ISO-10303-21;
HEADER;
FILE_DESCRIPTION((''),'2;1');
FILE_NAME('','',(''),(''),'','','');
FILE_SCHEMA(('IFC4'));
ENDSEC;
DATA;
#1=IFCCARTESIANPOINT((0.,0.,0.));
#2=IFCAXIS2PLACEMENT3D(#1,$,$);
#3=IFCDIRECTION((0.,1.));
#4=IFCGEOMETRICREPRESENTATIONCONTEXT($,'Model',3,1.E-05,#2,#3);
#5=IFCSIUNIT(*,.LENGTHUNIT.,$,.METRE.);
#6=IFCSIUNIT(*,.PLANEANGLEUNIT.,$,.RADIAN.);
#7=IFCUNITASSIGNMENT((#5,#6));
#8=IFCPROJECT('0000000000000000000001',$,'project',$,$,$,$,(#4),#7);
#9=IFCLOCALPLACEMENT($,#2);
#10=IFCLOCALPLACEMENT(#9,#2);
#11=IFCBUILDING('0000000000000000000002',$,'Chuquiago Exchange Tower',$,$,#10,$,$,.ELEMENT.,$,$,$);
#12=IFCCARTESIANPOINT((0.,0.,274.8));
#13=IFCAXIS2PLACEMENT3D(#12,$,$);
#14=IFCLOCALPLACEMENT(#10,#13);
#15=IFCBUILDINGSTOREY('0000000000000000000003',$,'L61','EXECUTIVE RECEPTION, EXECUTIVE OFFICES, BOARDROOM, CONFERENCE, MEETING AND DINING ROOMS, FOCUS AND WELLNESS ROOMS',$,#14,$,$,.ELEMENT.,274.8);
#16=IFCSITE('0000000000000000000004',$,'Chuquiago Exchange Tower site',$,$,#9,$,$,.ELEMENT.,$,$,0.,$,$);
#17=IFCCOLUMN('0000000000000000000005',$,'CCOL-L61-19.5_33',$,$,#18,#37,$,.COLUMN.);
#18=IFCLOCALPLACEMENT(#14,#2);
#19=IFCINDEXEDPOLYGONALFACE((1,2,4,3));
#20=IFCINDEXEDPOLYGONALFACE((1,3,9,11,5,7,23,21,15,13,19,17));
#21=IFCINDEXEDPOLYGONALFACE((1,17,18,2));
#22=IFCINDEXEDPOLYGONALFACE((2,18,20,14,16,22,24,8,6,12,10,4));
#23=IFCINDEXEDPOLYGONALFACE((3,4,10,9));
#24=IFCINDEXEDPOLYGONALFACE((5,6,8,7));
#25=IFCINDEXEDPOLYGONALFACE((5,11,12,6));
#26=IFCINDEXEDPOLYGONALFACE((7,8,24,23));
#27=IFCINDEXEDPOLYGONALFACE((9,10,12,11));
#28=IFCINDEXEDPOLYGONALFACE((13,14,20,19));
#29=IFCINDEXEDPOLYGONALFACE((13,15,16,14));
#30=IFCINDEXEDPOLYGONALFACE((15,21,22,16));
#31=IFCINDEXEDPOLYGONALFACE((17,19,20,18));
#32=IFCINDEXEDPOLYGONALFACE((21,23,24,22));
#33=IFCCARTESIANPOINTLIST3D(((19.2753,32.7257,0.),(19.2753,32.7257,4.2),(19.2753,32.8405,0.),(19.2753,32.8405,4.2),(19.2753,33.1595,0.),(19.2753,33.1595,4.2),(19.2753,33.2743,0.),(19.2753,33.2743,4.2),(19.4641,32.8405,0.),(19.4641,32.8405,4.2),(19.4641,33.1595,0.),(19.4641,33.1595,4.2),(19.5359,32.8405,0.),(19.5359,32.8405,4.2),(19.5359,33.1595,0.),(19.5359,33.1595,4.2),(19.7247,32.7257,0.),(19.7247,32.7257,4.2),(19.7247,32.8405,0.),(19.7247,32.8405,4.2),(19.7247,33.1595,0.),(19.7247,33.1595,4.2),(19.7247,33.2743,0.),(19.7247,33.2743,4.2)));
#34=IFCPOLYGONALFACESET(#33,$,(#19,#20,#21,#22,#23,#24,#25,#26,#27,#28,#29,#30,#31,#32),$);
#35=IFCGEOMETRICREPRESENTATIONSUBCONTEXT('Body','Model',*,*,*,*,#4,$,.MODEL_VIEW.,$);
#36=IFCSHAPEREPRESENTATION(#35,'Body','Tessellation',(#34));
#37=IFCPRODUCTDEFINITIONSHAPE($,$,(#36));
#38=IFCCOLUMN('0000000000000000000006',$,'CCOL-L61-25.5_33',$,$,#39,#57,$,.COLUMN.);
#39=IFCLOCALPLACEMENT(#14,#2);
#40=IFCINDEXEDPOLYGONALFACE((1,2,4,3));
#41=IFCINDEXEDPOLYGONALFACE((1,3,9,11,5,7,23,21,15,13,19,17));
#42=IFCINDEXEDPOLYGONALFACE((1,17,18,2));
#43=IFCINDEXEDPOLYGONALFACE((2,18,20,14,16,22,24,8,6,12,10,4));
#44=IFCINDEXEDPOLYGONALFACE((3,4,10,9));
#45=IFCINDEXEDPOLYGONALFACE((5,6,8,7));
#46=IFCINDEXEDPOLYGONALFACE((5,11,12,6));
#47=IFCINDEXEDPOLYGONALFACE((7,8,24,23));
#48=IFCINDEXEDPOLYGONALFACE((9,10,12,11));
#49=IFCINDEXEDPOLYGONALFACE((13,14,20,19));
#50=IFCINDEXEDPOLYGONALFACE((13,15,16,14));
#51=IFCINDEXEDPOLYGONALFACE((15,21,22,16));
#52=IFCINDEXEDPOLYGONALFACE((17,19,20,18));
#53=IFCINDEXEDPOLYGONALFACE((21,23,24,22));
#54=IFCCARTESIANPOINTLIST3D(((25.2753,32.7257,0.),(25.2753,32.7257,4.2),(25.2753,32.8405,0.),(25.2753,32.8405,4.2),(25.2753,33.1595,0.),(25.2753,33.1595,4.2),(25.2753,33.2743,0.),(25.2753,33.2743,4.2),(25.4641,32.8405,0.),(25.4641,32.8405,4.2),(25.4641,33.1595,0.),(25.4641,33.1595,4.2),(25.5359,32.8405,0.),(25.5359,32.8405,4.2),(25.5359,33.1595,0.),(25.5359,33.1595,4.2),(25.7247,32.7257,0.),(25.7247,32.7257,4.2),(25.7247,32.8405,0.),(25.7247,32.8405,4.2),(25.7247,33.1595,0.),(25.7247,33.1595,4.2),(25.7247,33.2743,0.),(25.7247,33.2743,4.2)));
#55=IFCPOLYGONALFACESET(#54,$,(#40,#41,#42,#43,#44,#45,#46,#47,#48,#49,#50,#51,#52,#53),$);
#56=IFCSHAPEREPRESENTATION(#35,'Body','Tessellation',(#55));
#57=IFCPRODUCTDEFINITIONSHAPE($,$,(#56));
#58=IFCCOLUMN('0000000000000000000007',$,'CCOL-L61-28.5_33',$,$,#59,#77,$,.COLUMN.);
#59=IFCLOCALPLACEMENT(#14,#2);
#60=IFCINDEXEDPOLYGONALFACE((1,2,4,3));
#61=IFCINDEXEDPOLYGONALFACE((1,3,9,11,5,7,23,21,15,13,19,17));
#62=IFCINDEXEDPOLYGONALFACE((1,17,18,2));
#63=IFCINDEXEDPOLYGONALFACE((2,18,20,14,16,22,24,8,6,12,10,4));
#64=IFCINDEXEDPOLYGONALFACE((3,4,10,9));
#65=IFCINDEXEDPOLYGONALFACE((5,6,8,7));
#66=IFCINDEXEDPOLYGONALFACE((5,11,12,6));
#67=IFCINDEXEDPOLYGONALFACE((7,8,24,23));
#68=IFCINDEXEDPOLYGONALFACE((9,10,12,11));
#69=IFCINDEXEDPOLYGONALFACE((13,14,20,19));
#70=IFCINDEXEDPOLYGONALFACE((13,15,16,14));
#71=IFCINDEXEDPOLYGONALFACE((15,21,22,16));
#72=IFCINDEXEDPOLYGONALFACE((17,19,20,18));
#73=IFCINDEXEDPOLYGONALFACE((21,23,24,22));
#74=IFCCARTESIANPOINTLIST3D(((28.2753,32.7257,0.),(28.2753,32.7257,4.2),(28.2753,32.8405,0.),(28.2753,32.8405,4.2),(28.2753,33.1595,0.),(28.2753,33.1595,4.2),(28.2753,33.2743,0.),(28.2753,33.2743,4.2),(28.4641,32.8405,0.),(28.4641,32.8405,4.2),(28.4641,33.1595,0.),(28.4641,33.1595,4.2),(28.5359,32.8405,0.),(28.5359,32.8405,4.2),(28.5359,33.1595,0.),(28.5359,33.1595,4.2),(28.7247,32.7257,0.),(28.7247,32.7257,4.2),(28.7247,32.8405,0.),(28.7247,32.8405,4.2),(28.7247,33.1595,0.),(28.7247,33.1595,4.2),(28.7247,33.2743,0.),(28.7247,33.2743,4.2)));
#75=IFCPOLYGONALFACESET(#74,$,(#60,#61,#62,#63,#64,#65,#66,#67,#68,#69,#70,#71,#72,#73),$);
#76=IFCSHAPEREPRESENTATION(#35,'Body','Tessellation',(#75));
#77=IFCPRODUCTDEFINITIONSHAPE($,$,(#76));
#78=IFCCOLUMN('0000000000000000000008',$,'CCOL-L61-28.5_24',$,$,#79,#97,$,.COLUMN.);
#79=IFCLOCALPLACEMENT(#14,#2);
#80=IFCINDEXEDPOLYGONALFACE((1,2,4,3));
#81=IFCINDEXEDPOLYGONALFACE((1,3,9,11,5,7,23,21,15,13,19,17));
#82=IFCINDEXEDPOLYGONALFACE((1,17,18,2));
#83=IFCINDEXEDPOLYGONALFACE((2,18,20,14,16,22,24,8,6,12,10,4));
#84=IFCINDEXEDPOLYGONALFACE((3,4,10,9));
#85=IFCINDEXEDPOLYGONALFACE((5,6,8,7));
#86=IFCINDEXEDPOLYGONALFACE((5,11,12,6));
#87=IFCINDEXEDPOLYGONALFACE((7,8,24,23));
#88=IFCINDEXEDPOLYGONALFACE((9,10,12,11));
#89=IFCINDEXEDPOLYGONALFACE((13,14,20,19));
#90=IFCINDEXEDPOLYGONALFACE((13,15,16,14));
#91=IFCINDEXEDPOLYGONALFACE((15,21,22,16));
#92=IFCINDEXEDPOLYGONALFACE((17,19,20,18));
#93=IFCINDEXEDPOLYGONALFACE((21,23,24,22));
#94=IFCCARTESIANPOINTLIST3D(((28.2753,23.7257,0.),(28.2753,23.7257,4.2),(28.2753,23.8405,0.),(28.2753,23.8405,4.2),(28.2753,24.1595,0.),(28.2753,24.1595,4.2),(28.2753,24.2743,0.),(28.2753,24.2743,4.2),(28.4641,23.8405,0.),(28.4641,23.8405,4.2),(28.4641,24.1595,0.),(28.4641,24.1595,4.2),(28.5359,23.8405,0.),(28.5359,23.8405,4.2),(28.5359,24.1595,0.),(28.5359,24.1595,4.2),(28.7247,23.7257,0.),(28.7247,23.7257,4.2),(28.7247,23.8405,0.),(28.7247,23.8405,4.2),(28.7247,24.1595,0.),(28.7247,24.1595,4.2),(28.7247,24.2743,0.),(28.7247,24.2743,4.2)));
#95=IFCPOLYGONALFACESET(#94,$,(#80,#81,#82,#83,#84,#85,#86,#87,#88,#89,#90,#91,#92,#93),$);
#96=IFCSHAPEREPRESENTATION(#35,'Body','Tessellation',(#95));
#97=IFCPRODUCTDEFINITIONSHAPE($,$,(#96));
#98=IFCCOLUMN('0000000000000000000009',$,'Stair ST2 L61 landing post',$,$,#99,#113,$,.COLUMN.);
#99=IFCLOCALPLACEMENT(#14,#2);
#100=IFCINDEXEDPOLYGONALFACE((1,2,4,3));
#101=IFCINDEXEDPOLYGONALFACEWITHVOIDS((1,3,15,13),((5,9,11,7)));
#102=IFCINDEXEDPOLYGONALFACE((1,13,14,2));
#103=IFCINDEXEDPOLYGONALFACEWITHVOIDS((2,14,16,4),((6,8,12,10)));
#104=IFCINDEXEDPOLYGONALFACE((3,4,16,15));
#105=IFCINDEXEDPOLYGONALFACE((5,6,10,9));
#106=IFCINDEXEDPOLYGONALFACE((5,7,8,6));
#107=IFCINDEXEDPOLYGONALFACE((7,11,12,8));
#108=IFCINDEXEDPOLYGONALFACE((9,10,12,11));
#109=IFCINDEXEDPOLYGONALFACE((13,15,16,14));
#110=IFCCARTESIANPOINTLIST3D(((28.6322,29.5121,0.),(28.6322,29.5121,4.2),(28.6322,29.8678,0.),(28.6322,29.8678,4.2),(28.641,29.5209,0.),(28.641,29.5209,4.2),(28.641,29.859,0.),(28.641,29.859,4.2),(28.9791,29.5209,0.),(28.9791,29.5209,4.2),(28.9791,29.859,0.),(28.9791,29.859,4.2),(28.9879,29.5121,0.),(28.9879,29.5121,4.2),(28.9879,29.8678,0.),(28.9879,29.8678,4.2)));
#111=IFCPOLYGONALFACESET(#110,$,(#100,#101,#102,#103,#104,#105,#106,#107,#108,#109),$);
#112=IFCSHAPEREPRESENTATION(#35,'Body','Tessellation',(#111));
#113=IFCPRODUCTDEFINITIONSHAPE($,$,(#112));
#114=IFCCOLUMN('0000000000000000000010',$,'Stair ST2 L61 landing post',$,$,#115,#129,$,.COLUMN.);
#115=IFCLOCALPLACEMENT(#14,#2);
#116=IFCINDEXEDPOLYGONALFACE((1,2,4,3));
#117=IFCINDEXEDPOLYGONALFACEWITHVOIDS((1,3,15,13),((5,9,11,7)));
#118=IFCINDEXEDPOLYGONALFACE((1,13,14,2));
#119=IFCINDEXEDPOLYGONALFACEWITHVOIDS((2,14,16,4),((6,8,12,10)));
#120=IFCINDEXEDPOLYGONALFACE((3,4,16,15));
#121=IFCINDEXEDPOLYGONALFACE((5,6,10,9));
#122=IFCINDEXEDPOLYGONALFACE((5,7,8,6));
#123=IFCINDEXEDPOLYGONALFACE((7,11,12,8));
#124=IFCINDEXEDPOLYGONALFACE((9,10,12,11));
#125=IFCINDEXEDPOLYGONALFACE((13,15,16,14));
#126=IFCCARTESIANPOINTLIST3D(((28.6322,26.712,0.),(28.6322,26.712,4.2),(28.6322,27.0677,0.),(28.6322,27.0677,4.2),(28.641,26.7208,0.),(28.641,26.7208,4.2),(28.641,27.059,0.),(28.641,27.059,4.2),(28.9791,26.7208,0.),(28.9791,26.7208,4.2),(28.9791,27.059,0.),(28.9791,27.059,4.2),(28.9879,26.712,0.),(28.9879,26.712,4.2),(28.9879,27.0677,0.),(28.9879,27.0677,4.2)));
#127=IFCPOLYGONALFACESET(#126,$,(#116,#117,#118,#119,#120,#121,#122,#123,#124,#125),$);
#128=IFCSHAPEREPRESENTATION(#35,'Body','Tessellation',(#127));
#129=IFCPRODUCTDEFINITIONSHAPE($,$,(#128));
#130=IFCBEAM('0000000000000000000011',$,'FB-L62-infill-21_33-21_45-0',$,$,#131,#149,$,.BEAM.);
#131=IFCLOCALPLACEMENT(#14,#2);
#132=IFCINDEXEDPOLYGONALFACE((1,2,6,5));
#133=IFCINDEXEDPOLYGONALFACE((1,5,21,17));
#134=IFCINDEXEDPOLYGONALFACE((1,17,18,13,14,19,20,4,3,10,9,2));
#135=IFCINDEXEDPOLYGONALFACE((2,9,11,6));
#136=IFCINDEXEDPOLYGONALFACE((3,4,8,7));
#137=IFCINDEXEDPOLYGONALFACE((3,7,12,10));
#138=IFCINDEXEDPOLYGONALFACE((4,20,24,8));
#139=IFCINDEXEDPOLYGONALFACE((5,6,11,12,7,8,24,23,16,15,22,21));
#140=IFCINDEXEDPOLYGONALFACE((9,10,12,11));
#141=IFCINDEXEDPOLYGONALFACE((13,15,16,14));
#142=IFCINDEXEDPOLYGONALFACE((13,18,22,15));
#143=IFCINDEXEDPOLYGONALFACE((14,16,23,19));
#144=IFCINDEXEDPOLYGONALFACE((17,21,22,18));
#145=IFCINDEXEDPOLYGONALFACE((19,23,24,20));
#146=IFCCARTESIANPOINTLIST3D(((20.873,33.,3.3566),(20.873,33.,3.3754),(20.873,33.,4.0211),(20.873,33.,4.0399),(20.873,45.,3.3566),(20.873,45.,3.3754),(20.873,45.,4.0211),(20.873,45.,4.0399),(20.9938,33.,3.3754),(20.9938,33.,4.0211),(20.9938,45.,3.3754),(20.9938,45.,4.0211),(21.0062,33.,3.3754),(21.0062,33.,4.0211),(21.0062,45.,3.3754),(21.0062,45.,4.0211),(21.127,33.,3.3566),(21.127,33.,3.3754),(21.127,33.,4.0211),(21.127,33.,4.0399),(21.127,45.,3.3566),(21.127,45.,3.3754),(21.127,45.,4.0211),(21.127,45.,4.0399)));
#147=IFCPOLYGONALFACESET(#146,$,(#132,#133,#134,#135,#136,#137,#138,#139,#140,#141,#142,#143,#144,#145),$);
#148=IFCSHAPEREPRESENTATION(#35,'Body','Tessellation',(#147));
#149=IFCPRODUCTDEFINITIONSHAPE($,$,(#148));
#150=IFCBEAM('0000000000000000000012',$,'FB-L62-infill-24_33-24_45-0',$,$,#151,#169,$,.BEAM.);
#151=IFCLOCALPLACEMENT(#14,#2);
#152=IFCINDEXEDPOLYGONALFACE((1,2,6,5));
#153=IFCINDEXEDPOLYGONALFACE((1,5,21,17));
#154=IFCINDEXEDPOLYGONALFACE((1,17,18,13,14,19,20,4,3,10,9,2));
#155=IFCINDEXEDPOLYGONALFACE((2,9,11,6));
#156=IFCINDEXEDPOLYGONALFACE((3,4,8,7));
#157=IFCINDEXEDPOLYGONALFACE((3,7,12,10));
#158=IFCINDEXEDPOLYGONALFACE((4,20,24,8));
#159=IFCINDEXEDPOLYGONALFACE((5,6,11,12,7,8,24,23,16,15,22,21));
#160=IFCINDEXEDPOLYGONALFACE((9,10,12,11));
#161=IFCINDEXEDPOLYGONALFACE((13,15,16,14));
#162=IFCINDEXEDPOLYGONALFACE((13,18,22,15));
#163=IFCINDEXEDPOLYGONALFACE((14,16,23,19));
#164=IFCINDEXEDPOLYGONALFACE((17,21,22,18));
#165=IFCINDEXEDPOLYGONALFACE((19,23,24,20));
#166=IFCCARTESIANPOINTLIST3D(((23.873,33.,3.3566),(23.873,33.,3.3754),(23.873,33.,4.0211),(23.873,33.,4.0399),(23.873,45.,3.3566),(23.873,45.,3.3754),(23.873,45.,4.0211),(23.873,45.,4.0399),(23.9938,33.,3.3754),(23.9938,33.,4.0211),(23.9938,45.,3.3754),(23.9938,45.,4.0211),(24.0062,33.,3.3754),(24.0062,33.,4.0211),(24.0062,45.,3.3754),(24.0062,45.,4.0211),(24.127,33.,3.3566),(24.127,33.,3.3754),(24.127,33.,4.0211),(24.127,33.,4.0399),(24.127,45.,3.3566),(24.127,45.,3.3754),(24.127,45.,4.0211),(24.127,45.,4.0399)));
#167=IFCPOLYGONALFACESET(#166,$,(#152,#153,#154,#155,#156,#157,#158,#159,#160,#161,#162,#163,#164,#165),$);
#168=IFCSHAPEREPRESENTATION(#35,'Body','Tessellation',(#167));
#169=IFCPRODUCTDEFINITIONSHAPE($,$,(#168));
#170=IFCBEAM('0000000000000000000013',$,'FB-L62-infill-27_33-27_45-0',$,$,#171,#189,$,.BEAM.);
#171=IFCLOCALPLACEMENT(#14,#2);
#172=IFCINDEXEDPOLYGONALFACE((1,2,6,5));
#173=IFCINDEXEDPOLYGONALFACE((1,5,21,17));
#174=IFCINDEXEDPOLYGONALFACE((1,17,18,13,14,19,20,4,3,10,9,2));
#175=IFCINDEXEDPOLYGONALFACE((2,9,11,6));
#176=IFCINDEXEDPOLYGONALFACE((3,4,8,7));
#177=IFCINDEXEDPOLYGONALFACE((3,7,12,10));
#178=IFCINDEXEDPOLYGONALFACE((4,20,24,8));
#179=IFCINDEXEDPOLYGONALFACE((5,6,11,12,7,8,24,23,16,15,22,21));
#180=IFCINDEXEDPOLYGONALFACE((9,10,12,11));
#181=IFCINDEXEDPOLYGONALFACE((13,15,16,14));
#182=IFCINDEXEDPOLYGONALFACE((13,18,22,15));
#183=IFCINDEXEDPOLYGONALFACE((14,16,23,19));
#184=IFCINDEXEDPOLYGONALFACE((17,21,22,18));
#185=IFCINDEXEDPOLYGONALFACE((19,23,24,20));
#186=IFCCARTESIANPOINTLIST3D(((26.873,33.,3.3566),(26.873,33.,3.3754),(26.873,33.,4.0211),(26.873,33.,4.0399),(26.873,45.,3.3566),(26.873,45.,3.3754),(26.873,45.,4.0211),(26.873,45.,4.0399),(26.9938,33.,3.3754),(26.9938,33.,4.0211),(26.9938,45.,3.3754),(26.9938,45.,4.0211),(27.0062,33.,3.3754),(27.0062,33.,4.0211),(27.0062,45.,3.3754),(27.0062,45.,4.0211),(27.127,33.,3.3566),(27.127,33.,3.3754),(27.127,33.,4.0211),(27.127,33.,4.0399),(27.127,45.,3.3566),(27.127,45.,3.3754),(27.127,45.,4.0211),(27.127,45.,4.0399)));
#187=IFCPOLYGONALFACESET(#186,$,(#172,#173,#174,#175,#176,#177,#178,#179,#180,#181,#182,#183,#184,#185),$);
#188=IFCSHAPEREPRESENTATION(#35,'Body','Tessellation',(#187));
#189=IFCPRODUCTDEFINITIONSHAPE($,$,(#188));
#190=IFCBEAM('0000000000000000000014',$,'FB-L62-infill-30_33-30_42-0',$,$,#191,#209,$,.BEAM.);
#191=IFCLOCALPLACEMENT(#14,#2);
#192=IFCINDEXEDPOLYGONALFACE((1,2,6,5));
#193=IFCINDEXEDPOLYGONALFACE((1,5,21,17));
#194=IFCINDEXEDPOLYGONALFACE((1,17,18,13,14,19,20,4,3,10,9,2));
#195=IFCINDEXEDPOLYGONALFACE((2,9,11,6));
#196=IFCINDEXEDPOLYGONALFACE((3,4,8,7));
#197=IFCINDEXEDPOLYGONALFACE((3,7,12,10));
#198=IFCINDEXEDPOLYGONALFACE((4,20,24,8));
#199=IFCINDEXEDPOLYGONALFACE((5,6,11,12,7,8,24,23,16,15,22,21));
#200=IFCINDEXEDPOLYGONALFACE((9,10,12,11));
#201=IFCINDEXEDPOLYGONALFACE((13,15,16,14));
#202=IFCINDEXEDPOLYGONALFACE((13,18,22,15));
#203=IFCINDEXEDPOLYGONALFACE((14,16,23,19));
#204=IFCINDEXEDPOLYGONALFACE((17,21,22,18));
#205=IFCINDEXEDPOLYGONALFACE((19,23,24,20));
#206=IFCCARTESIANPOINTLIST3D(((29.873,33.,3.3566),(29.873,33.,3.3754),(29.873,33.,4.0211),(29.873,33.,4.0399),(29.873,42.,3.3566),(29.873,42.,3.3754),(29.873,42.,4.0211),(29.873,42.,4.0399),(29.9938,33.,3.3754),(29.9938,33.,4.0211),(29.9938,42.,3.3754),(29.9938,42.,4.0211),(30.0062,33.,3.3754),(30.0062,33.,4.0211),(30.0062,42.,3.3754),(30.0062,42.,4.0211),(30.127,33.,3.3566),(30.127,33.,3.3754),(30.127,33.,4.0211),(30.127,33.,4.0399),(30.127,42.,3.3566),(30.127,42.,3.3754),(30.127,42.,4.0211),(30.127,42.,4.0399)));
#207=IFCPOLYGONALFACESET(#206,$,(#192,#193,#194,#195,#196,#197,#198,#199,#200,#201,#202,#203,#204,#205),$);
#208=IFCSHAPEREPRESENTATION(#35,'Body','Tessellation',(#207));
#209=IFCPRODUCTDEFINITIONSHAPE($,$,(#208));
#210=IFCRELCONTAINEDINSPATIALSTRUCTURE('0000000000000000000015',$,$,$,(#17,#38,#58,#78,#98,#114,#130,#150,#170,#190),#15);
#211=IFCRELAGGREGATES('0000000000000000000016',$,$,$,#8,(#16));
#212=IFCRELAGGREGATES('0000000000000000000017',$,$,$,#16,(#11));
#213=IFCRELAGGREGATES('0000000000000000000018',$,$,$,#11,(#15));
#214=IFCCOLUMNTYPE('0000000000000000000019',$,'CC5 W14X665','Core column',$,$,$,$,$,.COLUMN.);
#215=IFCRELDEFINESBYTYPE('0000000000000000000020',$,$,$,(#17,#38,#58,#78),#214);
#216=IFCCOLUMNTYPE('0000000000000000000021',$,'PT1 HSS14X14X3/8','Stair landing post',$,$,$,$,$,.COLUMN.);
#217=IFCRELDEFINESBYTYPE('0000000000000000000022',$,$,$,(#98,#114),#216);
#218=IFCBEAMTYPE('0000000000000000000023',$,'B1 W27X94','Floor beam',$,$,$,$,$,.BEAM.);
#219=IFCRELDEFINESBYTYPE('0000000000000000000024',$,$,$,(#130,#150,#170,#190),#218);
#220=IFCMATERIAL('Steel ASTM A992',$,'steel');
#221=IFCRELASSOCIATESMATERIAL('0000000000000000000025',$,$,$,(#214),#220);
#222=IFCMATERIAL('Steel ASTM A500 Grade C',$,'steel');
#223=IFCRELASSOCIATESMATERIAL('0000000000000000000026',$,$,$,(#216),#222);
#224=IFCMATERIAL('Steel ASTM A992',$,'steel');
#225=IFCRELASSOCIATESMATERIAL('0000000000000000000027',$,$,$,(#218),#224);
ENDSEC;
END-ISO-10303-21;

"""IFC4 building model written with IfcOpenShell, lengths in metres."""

from ifc_helpers import new_model, si_unit, direction, frame, origin, origin_2d, place, context, subcontext, project, spatial, hollow_rectangle, i_section, extrude, material, material_profile, profile_set, type_object, element, save


model = new_model("IFC4")

# Units and contexts
model_context = context("Model", 3, precision=1e-05, world=origin(), true_north=direction((0.0, 1.0)))
body_context = subcontext(model_context, "Body", "Model", "MODEL_VIEW")
ifc_project = project(units=[si_unit("LENGTHUNIT", "METRE"), si_unit("PLANEANGLEUNIT", "RADIAN")], contexts=[model_context])

# Site, building, storey
site_placement = place(None, origin())
site = spatial("IfcSite", under=ifc_project, at=site_placement, Name="Chuquiago Exchange Tower site", CompositionType="ELEMENT", RefElevation=0.0)
building_placement = place(site_placement, origin())
building = spatial("IfcBuilding", under=site, at=building_placement, Name="Chuquiago Exchange Tower", CompositionType="ELEMENT")
storey_placement = place(building_placement, frame((0.0, 0.0, 274.8)))
storey = spatial("IfcBuildingStorey", under=building, at=storey_placement, Name="L61", Description="EXECUTIVE RECEPTION, EXECUTIVE OFFICES, BOARDROOM, CONFERENCE, MEETING AND DINING ROOMS, FOCUS AND WELLNESS ROOMS", CompositionType="ELEMENT", Elevation=274.8)

# Columns
ifc_material_1 = material(Name="Steel ASTM A992", Category="steel")
ifc_material_profile_1 = material_profile(ifc_material_1, i_section(OverallWidth=0.4495, OverallDepth=0.5486, WebThickness=0.0718, FlangeThickness=0.1147, at=origin_2d()), Name="W14X665")
ifc_profile_set_1 = profile_set([ifc_material_profile_1], Name="Steel ASTM A992")
column_type_1 = type_object("IfcColumnType", Name="CC5 W14X665", Description="Core column", PredefinedType="COLUMN", material=ifc_profile_set_1)
for number, where, z_axis, x_axis, name in (
    (1, (19.5, 33.0, 0.0), (0.0, 0.0, 1.0), (1.0, 0.0, 0.0), "CCOL-L61-19.5_33"),
    (2, (25.5, 33.0, 0.0), (0.0, 0.0, 1.0), (1.0, 0.0, 0.0), "CCOL-L61-25.5_33"),
    (3, (28.5, 33.0, 0.0), (0.0, 0.0, 1.0), (1.0, 0.0, 0.0), "CCOL-L61-28.5_33"),
    (4, (28.5, 24.0, 0.0), (0.0, 0.0, 1.0), (1.0, 0.0, 0.0), "CCOL-L61-28.5_24"),
):
    element("IfcColumn", number, at=place(storey_placement, frame(where, z_axis=z_axis, x_axis=x_axis)), inside=storey, type_object=column_type_1, Name=name, PredefinedType="COLUMN", context=body_context, shape_type="SweptSolid", body=[
        extrude(i_section(OverallWidth=0.4495, OverallDepth=0.5486, WebThickness=0.0718, FlangeThickness=0.1147, at=origin_2d()), origin(), (0.0, 0.0, 1.0), 4.2),
    ])
ifc_material_2 = material(Name="Steel ASTM A500 Grade C", Category="steel")
ifc_material_profile_2 = material_profile(ifc_material_2, hollow_rectangle(XDim=0.3557, YDim=0.3557, WallThickness=0.0088, at=origin_2d()), Name="HSS14X14X3/8")
ifc_profile_set_2 = profile_set([ifc_material_profile_2], Name="Steel ASTM A500 Grade C")
column_type_2 = type_object("IfcColumnType", Name="PT1 HSS14X14X3/8", Description="Stair landing post", PredefinedType="COLUMN", material=ifc_profile_set_2)
for number, where, z_axis, x_axis, name in (
    (5, (28.8101, 29.6899, 0.0), (0.0, 0.0, 1.0), (1.0, 0.0, 0.0), "Stair ST2 L61 landing post"),
    (6, (28.8101, 26.8899, 0.0), (0.0, 0.0, 1.0), (1.0, 0.0, 0.0), "Stair ST2 L61 landing post"),
):
    element("IfcColumn", number, at=place(storey_placement, frame(where, z_axis=z_axis, x_axis=x_axis)), inside=storey, type_object=column_type_2, Name=name, PredefinedType="COLUMN", context=body_context, shape_type="SweptSolid", body=[
        extrude(hollow_rectangle(XDim=0.3557, YDim=0.3557, WallThickness=0.0088, at=origin_2d()), origin(), (0.0, 0.0, 1.0), 4.2),
    ])

# Beams
ifc_material_3 = material(Name="Steel ASTM A992", Category="steel")
ifc_material_profile_3 = material_profile(ifc_material_3, i_section(OverallWidth=0.2539, OverallDepth=0.6833, WebThickness=0.0125, FlangeThickness=0.0188, at=origin_2d()), Name="W27X94")
ifc_profile_set_3 = profile_set([ifc_material_profile_3], Name="Steel ASTM A992")
beam_type_1 = type_object("IfcBeamType", Name="B1 W27X94", Description="Floor beam", PredefinedType="BEAM", material=ifc_profile_set_3)
for number, where, z_axis, x_axis, name in (
    (7, (21.0, 33.0, 3.6982), (0.0, 1.0, 0.0), (-1.0, 0.0, 0.0), "FB-L62-infill-21_33-21_45-0"),
    (8, (24.0, 33.0, 3.6982), (0.0, 1.0, 0.0), (-1.0, 0.0, 0.0), "FB-L62-infill-24_33-24_45-0"),
    (9, (27.0, 33.0, 3.6982), (0.0, 1.0, 0.0), (-1.0, 0.0, 0.0), "FB-L62-infill-27_33-27_45-0"),
):
    element("IfcBeam", number, at=place(storey_placement, frame(where, z_axis=z_axis, x_axis=x_axis)), inside=storey, type_object=beam_type_1, Name=name, PredefinedType="BEAM", context=body_context, shape_type="SweptSolid", body=[
        extrude(i_section(OverallWidth=0.2539, OverallDepth=0.6833, WebThickness=0.0125, FlangeThickness=0.0188, at=origin_2d()), origin(), (0.0, 0.0, 1.0), 12.0),
    ])
beam_1_placement = place(storey_placement, frame((30.0, 33.0, 3.6982), z_axis=(0.0, 1.0, 0.0), x_axis=(-1.0, 0.0, 0.0)))
element("IfcBeam", 10, at=beam_1_placement, inside=storey, type_object=beam_type_1, Name="FB-L62-infill-30_33-30_42-0", PredefinedType="BEAM", context=body_context, shape_type="SweptSolid", body=[
    extrude(i_section(OverallWidth=0.2539, OverallDepth=0.6833, WebThickness=0.0125, FlangeThickness=0.0188, at=origin_2d()), origin(), (0.0, 0.0, 1.0), 9.0),
])

save(model, "model.ifc")
